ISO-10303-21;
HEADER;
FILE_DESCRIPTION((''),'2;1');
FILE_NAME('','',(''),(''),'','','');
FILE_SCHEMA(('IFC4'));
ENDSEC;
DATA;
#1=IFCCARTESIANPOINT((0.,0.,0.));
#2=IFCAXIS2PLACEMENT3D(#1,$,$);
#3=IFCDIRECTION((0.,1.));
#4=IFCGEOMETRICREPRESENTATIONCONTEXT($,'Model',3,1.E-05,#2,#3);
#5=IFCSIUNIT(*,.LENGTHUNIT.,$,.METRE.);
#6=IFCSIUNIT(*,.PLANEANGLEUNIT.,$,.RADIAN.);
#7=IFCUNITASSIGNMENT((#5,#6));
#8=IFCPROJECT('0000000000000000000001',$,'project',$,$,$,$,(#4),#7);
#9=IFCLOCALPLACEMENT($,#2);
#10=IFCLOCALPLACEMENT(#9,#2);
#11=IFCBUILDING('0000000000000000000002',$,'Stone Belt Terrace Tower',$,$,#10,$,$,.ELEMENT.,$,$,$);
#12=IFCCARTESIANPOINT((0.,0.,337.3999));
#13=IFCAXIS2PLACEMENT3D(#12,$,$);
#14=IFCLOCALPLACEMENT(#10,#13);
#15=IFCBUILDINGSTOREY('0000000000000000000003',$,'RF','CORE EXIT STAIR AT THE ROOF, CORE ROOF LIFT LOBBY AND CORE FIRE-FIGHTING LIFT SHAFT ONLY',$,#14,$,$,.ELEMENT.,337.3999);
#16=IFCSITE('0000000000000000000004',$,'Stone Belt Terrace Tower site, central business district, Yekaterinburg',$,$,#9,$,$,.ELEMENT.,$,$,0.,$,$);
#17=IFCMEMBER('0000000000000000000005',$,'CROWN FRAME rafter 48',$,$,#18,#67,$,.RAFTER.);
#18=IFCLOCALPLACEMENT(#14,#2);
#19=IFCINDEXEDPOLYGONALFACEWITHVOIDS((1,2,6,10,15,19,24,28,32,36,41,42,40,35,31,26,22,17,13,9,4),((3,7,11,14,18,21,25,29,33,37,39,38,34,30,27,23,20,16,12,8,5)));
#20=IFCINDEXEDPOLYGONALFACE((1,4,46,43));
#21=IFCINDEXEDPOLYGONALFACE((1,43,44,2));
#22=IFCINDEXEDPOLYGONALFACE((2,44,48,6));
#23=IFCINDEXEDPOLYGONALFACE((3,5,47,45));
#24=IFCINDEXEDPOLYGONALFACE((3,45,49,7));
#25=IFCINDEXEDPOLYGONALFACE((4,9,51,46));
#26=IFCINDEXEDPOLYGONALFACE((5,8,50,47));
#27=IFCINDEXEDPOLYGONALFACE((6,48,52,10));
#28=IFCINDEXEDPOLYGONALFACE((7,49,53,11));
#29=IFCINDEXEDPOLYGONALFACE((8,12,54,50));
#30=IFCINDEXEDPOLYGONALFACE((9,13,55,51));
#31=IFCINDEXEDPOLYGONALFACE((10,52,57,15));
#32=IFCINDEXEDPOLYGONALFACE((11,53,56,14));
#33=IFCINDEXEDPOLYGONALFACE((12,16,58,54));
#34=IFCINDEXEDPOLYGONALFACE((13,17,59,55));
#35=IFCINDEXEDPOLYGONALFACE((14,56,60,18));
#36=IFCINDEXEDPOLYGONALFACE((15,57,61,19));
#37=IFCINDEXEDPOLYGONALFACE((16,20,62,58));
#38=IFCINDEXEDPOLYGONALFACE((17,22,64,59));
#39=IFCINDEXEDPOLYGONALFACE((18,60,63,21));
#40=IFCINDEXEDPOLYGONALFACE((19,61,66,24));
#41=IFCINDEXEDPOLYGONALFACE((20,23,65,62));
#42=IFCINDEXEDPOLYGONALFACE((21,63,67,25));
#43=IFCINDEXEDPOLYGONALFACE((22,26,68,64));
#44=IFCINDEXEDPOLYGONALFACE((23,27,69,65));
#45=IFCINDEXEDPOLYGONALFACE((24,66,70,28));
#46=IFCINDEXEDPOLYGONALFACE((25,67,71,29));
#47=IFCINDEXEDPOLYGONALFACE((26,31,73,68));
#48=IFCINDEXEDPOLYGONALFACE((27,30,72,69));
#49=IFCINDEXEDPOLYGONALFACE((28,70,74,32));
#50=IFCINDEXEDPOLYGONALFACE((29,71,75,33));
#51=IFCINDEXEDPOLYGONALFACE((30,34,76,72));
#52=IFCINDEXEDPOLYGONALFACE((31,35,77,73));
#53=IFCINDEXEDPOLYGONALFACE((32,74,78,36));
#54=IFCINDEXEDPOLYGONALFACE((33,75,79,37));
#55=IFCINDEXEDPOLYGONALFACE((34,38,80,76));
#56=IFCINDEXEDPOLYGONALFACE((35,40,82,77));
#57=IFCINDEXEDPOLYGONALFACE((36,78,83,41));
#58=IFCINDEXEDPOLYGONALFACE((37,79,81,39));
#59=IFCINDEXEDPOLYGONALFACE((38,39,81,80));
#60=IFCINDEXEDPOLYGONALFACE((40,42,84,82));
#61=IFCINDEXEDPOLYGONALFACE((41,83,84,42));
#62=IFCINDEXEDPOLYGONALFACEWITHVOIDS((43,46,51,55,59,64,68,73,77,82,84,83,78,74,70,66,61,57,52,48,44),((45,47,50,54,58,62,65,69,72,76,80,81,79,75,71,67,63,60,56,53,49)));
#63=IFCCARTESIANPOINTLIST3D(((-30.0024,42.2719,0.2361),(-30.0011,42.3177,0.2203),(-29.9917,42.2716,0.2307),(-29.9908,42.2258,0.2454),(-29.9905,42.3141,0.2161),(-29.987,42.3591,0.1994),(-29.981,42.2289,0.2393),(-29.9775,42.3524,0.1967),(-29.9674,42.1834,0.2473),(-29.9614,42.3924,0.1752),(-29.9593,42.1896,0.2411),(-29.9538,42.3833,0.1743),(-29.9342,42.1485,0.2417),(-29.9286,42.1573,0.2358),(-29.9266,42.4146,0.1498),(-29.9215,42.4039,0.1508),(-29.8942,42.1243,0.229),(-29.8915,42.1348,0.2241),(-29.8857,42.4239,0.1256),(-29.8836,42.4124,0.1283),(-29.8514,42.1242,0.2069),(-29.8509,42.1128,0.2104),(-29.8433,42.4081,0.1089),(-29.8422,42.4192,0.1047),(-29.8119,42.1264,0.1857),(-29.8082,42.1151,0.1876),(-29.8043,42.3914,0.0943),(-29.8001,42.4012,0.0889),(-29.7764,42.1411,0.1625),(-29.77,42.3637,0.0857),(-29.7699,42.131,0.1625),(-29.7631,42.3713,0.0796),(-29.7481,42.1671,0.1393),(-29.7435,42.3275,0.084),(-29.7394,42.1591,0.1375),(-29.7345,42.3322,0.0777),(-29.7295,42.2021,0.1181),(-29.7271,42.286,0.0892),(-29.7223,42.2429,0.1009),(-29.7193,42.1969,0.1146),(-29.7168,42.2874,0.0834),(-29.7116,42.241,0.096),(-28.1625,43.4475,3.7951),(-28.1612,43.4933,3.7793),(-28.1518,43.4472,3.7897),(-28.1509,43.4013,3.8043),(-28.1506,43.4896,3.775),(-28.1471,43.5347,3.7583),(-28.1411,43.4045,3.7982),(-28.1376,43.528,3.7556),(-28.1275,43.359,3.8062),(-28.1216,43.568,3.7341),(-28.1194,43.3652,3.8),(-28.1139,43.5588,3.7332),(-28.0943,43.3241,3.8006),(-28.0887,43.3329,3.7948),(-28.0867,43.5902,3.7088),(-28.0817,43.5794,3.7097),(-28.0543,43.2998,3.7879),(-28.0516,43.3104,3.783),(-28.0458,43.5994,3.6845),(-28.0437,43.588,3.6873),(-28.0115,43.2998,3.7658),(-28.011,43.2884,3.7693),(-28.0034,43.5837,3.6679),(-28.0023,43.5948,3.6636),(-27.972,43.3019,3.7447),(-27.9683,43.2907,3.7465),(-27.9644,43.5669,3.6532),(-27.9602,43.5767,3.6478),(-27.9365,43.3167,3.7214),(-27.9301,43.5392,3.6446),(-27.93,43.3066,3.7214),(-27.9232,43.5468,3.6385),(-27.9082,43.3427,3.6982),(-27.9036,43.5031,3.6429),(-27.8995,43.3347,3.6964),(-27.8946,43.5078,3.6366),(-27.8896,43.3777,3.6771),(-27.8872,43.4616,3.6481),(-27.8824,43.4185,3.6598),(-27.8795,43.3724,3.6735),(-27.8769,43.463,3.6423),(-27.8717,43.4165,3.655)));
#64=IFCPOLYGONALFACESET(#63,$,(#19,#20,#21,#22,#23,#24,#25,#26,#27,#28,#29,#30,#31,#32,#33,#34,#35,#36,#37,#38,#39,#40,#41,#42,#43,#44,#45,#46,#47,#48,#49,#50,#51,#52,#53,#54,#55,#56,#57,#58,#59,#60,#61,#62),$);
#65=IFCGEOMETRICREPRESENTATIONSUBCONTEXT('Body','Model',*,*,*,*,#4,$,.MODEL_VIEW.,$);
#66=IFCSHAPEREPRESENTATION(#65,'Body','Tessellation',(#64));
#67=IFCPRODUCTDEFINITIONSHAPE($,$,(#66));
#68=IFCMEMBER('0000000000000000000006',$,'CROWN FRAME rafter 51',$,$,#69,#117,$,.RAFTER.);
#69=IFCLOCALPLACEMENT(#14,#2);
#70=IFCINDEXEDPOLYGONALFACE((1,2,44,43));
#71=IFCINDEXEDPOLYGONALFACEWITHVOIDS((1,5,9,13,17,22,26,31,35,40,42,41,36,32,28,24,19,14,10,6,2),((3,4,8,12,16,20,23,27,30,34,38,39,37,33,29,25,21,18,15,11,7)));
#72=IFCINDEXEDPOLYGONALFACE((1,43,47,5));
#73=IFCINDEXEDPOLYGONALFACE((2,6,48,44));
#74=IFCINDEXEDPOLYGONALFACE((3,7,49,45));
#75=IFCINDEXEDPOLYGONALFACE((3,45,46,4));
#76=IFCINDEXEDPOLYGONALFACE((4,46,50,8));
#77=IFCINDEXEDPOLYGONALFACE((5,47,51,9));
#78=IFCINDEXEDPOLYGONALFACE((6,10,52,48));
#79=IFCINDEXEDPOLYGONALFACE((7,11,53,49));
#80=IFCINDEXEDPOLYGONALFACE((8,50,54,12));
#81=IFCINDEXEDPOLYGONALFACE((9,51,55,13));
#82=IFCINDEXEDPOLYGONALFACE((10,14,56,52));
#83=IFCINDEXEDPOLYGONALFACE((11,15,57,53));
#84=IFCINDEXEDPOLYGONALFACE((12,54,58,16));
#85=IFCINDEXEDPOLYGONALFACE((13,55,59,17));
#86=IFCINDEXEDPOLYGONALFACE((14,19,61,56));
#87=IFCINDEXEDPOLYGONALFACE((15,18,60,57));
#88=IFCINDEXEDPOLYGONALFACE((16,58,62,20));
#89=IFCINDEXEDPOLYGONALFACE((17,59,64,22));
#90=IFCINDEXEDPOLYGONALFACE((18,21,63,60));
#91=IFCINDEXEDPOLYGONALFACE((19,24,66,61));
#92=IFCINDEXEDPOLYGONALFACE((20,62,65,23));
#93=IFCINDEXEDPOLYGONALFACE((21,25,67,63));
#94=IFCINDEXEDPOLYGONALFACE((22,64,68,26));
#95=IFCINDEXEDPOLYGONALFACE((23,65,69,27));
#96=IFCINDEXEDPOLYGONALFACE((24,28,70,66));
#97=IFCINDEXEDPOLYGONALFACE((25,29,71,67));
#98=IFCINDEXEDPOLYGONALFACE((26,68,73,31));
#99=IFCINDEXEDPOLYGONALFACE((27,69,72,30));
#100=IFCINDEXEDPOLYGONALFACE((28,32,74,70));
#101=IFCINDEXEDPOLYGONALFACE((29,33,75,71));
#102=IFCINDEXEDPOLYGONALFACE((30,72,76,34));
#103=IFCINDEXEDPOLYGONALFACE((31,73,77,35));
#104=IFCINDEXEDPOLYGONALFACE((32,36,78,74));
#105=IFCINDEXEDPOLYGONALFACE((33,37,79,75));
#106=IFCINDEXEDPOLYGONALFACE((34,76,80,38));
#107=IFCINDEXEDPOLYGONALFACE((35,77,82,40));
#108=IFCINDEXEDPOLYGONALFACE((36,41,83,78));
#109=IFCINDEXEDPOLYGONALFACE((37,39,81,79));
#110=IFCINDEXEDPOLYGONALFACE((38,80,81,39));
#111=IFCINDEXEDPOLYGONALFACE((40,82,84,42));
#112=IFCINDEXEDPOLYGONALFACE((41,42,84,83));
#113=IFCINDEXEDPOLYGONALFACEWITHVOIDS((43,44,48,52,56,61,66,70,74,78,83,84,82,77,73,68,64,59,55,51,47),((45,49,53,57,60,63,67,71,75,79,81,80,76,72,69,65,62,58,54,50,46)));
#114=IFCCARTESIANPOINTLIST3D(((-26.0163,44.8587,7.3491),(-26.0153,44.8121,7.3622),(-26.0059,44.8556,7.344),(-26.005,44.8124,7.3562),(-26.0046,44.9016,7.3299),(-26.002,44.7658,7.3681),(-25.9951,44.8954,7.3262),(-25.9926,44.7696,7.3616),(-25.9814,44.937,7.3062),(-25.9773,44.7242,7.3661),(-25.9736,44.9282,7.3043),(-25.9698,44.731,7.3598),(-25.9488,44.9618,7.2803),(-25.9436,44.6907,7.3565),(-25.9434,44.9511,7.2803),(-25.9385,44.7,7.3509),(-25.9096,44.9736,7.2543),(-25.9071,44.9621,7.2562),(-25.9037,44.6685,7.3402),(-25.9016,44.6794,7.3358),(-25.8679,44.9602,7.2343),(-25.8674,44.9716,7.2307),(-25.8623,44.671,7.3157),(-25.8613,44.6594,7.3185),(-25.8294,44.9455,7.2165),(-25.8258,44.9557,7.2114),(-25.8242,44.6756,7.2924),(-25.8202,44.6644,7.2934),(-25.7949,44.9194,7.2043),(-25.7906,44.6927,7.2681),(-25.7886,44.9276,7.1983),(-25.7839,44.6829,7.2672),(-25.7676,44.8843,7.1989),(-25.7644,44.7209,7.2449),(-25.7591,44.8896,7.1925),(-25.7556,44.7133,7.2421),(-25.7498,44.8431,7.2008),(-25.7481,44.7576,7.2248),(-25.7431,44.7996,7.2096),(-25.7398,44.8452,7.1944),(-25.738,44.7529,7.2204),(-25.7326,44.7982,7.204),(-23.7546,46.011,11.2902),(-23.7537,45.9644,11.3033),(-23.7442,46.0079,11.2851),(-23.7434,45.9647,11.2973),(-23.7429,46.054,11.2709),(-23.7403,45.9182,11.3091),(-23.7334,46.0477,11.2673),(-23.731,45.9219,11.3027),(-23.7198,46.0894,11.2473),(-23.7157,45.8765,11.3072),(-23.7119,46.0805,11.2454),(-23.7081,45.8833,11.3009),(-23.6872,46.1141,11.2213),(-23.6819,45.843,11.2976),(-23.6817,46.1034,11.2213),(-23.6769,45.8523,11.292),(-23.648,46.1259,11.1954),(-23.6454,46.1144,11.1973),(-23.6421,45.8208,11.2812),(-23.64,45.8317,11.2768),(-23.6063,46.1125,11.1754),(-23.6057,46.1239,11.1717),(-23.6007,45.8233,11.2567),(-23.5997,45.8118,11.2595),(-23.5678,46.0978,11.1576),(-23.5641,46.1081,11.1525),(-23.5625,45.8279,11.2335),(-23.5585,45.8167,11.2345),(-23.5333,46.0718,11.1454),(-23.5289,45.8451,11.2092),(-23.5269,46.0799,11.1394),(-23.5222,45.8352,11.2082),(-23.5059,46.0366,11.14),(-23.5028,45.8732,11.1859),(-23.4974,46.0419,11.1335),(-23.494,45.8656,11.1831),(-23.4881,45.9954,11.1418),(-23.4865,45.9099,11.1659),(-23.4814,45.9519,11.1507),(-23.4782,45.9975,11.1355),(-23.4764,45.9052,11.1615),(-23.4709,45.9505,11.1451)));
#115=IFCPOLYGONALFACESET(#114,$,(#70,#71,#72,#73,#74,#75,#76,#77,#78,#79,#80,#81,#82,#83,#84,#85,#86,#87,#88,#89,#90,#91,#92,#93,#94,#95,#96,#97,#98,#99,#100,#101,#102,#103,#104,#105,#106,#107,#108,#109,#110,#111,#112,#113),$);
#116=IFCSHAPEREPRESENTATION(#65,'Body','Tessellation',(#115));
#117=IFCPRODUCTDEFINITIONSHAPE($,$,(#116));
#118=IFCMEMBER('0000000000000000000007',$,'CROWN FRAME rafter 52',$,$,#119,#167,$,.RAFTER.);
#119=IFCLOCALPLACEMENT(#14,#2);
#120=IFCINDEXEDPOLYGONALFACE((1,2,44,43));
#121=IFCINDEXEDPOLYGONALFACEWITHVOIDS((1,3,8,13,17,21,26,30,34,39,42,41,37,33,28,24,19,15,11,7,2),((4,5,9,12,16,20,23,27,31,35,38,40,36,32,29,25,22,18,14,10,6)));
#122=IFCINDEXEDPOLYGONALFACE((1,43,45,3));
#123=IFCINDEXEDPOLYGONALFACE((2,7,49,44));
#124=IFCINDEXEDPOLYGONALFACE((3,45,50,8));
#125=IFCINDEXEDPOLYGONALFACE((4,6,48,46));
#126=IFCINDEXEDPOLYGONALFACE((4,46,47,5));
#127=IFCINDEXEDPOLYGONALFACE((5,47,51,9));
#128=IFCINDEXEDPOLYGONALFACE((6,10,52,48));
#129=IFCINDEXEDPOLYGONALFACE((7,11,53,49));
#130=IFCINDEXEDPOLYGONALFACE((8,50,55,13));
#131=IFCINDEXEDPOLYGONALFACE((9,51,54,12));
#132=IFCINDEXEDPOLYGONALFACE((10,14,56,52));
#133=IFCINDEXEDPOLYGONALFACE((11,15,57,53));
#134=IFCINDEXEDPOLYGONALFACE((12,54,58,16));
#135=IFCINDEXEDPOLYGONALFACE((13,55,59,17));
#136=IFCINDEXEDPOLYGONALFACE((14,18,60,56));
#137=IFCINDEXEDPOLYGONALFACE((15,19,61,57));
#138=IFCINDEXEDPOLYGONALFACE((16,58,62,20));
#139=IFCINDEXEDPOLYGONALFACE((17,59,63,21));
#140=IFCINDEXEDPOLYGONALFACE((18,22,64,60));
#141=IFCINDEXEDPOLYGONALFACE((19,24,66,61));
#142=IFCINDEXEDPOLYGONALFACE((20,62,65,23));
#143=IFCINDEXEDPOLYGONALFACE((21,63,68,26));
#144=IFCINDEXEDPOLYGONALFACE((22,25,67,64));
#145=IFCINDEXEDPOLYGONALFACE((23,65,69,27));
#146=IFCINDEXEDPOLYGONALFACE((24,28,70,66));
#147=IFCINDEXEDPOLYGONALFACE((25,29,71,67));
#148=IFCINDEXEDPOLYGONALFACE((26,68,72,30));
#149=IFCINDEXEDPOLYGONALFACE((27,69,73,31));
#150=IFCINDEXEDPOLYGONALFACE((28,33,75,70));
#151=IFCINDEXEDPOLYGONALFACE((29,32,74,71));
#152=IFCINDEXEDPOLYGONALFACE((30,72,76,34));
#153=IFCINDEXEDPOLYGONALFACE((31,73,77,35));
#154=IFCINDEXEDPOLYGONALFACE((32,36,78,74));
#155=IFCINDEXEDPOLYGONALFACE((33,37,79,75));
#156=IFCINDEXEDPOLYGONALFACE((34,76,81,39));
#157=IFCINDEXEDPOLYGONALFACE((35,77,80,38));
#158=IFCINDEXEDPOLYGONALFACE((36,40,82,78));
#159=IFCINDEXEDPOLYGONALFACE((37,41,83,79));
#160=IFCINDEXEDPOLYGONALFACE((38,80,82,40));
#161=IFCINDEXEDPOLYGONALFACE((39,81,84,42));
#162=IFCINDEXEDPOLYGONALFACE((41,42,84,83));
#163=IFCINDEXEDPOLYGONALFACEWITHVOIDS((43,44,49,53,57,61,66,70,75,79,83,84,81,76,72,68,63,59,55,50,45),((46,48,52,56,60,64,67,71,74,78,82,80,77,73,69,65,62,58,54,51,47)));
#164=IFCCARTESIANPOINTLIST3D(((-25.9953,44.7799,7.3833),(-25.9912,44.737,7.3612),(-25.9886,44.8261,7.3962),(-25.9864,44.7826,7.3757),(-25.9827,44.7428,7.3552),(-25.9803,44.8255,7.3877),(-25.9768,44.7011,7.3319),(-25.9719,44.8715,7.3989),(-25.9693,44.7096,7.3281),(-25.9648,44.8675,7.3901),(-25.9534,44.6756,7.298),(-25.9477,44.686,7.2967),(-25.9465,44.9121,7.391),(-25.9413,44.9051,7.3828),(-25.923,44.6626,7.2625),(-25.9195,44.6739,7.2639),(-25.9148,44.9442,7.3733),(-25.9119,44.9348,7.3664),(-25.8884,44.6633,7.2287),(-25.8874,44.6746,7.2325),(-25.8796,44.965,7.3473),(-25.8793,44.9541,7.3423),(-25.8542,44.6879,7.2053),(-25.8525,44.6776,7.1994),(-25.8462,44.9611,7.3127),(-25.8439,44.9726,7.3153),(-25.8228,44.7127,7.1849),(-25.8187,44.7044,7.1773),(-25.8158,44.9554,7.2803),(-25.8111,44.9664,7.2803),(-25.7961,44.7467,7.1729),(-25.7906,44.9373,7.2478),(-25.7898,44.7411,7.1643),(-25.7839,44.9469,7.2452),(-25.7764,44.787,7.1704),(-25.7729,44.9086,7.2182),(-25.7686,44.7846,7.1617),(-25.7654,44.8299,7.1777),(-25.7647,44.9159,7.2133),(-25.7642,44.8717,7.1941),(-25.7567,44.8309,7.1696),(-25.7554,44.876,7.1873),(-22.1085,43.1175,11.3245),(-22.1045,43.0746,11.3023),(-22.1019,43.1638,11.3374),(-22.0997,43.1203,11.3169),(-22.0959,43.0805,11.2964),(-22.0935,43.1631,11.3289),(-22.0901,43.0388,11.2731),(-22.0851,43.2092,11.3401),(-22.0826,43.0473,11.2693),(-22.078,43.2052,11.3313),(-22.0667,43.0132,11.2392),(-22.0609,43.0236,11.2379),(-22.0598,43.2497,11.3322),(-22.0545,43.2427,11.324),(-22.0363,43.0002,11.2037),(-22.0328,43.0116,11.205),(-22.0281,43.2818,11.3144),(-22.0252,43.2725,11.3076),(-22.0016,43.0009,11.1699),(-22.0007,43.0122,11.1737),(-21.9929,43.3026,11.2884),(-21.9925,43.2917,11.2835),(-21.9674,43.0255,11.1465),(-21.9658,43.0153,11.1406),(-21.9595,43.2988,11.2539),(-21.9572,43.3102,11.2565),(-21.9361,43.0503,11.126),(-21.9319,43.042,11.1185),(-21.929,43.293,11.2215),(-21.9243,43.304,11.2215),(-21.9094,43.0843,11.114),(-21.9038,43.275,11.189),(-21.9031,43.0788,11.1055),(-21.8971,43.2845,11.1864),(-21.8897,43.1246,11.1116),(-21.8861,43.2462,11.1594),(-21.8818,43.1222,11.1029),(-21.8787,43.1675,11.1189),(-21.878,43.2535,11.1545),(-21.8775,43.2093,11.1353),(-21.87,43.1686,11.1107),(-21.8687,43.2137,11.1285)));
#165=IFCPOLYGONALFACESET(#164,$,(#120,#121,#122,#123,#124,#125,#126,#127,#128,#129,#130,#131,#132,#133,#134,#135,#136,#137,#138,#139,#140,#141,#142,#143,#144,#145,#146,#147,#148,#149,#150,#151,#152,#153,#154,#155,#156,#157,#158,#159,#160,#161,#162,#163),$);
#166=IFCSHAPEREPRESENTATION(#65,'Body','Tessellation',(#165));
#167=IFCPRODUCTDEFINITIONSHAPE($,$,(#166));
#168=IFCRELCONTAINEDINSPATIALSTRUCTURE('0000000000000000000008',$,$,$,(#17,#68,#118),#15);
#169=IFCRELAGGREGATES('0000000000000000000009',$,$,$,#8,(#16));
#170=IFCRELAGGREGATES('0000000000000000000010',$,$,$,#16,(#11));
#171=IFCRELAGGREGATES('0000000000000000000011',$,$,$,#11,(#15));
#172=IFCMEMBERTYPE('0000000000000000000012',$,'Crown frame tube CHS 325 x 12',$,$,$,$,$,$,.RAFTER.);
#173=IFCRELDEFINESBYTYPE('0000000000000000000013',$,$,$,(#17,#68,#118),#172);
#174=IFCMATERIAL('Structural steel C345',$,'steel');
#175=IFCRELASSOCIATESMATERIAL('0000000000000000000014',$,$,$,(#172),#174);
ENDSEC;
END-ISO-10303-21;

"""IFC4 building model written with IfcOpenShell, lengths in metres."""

from ifc_helpers import new_model, si_unit, direction, frame, origin, origin_2d, place, context, subcontext, project, spatial, hollow_circle, extrude, material, material_profile, profile_set, type_object, element, save


model = new_model("IFC4")

# Units and contexts
model_context = context("Model", 3, precision=1e-05, world=origin(), true_north=direction((0.0, 1.0)))
body_context = subcontext(model_context, "Body", "Model", "MODEL_VIEW")
ifc_project = project(units=[si_unit("LENGTHUNIT", "METRE"), si_unit("PLANEANGLEUNIT", "RADIAN")], contexts=[model_context])

# Site, building, storey
site_placement = place(None, origin())
site = spatial("IfcSite", under=ifc_project, at=site_placement, Name="Stone Belt Terrace Tower site, central business district, Yekaterinburg", CompositionType="ELEMENT", RefElevation=0.0)
building_placement = place(site_placement, origin())
building = spatial("IfcBuilding", under=site, at=building_placement, Name="Stone Belt Terrace Tower", CompositionType="ELEMENT")
storey_placement = place(building_placement, frame((0.0, 0.0, 337.3999)))
storey = spatial("IfcBuildingStorey", under=building, at=storey_placement, Name="RF", Description="CORE EXIT STAIR AT THE ROOF, CORE ROOF LIFT LOBBY AND CORE FIRE-FIGHTING LIFT SHAFT ONLY", CompositionType="ELEMENT", Elevation=337.3999)

# Members
ifc_material_1 = material(Name="Structural steel C345", Category="steel")
ifc_material_profile_1 = material_profile(ifc_material_1, hollow_circle(Radius=0.1626, WallThickness=0.012, at=origin_2d()), Name="Structural steel C345 CHS 325x12")
ifc_profile_set_1 = profile_set([ifc_material_profile_1], Name="Structural steel C345")
member_type_1 = type_object("IfcMemberType", Name="Crown frame tube CHS 325 x 12", PredefinedType="RAFTER", material=ifc_profile_set_1)
member_1_placement = place(storey_placement, frame((-28.0176, 43.4436, 3.7214), z_axis=(-0.440661, -0.281553, -0.852377), x_axis=(0.538416, -0.842679, 0.0)))
element("IfcMember", 1, at=member_1_placement, inside=storey, type_object=member_type_1, Name="CROWN FRAME rafter 48", PredefinedType="RAFTER", context=body_context, shape_type="SweptSolid", body=[
    extrude(hollow_circle(Radius=0.1626, WallThickness=0.012, at=origin_2d()), origin(), (0.0, 0.0, 1.0), 4.1753),
])
member_2_placement = place(storey_placement, frame((-25.875, 44.8169, 7.2803), z_axis=(0.482463, 0.245814, 0.840717), x_axis=(-0.453972, 0.891016, 0.0)))
element("IfcMember", 2, at=member_2_placement, inside=storey, type_object=member_type_1, Name="CROWN FRAME rafter 51", PredefinedType="RAFTER", context=body_context, shape_type="SweptSolid", body=[
    extrude(hollow_circle(Radius=0.1626, WallThickness=0.012, at=origin_2d()), origin(), (0.0, 0.0, 1.0), 4.6877),
])
member_3_placement = place(storey_placement, frame((-25.875, 44.8169, 7.2803), z_axis=(0.672499, -0.287629, 0.68192), x_axis=(0.393243, 0.919435, 0.0)))
element("IfcMember", 3, at=member_3_placement, inside=storey, type_object=member_type_1, Name="CROWN FRAME rafter 52", PredefinedType="RAFTER", context=body_context, shape_type="SweptSolid", body=[
    extrude(hollow_circle(Radius=0.1626, WallThickness=0.012, at=origin_2d()), origin(), (0.0, 0.0, 1.0), 5.7795),
])

save(model, "model.ifc")
